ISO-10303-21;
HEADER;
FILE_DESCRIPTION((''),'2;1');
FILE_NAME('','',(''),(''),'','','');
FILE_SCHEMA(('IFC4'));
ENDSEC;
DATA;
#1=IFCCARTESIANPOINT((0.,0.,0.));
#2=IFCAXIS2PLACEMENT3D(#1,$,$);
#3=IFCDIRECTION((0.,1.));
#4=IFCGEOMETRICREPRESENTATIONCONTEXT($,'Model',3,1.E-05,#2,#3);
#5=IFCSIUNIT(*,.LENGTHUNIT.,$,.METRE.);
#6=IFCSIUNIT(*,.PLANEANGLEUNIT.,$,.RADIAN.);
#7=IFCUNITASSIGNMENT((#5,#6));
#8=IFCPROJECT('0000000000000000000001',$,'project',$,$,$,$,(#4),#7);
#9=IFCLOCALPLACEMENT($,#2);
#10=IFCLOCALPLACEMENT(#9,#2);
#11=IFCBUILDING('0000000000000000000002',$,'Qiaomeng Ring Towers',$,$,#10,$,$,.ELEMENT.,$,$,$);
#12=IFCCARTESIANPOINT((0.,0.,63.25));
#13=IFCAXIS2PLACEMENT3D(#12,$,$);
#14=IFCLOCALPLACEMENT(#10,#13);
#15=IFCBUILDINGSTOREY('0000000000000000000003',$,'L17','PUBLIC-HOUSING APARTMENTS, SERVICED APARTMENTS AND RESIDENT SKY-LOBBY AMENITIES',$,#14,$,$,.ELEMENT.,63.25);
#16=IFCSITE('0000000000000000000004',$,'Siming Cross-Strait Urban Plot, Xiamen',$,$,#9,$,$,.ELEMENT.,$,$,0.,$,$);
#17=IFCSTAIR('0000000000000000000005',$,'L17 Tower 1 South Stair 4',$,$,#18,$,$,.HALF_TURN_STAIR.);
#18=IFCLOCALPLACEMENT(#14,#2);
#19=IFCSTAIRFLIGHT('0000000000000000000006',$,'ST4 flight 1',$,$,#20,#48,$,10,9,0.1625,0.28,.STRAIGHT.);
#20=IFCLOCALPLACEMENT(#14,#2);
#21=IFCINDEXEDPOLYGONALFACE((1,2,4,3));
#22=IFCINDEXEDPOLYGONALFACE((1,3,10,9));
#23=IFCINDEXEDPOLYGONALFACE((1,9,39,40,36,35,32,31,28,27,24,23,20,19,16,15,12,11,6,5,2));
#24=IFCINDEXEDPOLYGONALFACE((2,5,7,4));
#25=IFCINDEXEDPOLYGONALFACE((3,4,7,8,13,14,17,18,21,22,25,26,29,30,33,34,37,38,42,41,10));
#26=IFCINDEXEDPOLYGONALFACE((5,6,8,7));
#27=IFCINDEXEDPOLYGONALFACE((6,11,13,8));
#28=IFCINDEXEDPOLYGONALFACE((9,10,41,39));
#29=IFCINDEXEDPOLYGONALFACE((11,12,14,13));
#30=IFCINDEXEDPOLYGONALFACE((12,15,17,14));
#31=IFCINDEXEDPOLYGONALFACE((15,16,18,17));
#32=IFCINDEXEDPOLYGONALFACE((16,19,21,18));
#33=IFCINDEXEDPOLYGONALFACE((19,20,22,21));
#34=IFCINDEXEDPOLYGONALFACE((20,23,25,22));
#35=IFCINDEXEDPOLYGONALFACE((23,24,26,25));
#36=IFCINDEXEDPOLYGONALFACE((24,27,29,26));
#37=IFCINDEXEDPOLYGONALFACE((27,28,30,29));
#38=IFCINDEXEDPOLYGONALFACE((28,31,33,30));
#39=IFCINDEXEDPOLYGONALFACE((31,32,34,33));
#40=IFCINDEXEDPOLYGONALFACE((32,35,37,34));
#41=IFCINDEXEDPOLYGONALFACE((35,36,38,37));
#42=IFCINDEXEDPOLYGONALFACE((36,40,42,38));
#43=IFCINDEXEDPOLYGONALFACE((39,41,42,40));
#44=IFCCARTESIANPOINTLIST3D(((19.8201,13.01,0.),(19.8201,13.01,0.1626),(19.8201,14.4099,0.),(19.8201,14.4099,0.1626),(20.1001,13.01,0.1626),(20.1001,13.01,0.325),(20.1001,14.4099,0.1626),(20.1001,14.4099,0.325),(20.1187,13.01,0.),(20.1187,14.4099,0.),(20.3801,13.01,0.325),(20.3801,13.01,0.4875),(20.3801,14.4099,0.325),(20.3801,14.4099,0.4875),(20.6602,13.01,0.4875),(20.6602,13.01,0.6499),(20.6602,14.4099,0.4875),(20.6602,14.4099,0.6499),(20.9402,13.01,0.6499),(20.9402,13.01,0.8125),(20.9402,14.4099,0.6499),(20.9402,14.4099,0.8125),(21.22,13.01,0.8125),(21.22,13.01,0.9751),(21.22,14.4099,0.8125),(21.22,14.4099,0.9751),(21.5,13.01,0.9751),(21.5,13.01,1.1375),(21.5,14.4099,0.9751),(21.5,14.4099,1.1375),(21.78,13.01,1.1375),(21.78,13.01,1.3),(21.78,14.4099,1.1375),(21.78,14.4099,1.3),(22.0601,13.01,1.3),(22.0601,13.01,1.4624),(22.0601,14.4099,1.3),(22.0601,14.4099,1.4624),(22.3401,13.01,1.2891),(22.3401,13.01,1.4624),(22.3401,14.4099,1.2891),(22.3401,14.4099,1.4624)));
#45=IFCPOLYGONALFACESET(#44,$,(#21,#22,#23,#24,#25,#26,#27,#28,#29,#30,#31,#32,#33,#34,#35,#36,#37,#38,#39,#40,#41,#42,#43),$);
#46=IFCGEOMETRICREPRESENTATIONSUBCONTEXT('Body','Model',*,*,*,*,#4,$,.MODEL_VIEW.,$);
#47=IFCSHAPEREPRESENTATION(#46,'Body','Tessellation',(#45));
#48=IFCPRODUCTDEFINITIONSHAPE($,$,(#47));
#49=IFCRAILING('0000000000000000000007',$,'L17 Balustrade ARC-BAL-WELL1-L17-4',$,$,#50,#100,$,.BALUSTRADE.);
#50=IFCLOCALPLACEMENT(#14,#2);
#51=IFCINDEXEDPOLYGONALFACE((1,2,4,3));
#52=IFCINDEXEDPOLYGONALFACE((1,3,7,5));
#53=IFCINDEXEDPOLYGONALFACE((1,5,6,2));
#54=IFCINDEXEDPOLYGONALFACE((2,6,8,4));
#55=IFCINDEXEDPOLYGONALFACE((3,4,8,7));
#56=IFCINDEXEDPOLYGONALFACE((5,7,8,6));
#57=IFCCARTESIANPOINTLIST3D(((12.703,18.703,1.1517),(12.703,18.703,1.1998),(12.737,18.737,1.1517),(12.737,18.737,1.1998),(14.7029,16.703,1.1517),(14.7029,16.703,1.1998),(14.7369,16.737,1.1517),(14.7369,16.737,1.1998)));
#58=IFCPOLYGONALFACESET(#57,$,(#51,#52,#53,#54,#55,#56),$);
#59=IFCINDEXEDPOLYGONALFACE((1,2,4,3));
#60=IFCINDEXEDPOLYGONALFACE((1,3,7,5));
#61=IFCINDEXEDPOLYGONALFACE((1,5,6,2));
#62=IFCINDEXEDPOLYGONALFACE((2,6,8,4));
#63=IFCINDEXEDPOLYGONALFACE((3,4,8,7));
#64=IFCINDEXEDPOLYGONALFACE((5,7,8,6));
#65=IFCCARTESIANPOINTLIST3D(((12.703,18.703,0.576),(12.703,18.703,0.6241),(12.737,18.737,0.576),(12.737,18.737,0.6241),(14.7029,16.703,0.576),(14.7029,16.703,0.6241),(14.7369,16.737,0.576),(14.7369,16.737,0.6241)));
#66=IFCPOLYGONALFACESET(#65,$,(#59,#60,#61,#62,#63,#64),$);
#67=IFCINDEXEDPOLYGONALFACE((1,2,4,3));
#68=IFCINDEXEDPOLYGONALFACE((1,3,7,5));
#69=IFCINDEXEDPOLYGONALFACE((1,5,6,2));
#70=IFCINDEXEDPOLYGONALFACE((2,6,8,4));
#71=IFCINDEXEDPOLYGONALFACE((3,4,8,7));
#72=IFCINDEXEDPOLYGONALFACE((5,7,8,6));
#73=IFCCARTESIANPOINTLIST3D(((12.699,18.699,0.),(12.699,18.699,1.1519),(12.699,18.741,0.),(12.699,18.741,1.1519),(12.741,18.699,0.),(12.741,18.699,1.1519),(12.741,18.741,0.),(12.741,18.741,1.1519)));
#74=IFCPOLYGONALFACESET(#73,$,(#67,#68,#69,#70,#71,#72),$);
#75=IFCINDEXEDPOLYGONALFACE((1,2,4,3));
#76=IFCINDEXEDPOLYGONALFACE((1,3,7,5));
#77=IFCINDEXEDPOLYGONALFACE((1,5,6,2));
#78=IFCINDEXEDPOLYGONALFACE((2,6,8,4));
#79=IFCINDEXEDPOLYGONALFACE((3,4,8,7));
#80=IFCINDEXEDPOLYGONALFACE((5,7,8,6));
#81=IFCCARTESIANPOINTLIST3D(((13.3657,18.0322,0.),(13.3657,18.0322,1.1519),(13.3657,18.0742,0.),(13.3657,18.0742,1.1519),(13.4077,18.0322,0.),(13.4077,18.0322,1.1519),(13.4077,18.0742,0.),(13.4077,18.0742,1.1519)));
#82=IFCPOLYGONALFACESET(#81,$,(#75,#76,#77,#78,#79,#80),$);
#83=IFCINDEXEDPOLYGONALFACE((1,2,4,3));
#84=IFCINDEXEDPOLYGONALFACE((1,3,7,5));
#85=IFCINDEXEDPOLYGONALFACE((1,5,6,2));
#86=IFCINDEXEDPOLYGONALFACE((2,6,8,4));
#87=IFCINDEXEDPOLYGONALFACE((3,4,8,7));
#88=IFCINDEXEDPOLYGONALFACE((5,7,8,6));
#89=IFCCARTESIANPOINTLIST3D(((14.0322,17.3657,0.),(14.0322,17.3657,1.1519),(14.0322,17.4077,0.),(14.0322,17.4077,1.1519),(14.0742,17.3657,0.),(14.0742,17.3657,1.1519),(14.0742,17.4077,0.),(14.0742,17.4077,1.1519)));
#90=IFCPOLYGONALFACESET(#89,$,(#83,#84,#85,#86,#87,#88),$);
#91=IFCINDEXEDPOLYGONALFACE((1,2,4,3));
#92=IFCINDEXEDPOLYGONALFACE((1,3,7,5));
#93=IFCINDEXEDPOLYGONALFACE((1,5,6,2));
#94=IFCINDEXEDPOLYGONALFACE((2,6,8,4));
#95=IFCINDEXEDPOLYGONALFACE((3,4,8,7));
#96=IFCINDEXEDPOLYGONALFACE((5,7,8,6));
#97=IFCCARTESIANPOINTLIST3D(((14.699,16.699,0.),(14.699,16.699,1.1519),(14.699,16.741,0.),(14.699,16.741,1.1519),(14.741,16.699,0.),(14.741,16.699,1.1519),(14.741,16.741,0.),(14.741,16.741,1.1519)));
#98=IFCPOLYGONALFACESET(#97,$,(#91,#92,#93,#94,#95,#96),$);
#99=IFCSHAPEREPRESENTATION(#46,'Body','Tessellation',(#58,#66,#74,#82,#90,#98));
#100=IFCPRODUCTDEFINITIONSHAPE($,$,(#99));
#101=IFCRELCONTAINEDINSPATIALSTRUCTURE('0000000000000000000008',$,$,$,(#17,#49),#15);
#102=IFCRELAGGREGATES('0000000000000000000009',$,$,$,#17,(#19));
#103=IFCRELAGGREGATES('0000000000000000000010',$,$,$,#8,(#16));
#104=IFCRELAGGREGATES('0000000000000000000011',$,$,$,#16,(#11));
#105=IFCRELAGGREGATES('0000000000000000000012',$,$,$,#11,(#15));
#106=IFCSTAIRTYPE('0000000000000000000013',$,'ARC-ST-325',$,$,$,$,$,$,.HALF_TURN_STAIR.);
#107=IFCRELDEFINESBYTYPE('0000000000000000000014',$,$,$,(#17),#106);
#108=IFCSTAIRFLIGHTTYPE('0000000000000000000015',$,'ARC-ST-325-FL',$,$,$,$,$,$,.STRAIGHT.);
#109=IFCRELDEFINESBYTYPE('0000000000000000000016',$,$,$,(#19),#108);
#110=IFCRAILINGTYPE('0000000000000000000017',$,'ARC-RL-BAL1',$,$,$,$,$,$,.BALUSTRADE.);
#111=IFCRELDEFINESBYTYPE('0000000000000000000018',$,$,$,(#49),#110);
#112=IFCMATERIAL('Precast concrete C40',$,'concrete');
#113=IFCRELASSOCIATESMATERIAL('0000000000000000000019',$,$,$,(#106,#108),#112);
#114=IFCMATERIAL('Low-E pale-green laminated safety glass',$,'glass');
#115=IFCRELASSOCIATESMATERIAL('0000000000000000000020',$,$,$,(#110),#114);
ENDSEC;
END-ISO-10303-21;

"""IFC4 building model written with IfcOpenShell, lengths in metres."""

from ifc_helpers import new_model, si_unit, direction, frame, origin, origin_2d, place, context, subcontext, project, spatial, polyline, rectangle, outline, extrude, source, transform, mapped, material, type_object, element, aggregate, save


model = new_model("IFC4")

# Units and contexts
model_context = context("Model", 3, precision=1e-05, world=origin(), true_north=direction((0.0, 1.0)))
body_context = subcontext(model_context, "Body", "Model", "MODEL_VIEW")
ifc_project = project(units=[si_unit("LENGTHUNIT", "METRE"), si_unit("PLANEANGLEUNIT", "RADIAN")], contexts=[model_context])

# Site, building, storey
site_placement = place(None, origin())
site = spatial("IfcSite", under=ifc_project, at=site_placement, Name="Siming Cross-Strait Urban Plot, Xiamen", CompositionType="ELEMENT", RefElevation=0.0)
building_placement = place(site_placement, origin())
building = spatial("IfcBuilding", under=site, at=building_placement, Name="Qiaomeng Ring Towers", CompositionType="ELEMENT")
storey_placement = place(building_placement, frame((0.0, 0.0, 63.25)))
storey = spatial("IfcBuildingStorey", under=building, at=storey_placement, Name="L17", Description="PUBLIC-HOUSING APARTMENTS, SERVICED APARTMENTS AND RESIDENT SKY-LOBBY AMENITIES", CompositionType="ELEMENT", Elevation=63.25)

# Stair, stair flight
ifc_material_1 = material(Name="Precast concrete C40", Category="concrete")
stair_type = type_object("IfcStairType", Name="ARC-ST-325", PredefinedType="HALF_TURN_STAIR", material=ifc_material_1)
stair_flight_type = type_object("IfcStairFlightType", Name="ARC-ST-325-FL", PredefinedType="STRAIGHT", material=ifc_material_1)
shared_shape_1 = source(origin(), body_context, "Body", "SweptSolid", [
    extrude(outline(polyline([(0.0, 0.0), (0.0, 0.1626), (0.28, 0.1626), (0.28, 0.325), (0.5601, 0.325), (0.5601, 0.4875), (0.8401, 0.4875), (0.8401, 0.6499), (1.1201, 0.6499), (1.1201, 0.8125), (1.3999, 0.8125), (1.3999, 0.9751), (1.6799, 0.9751), (1.6799, 1.1375), (1.96, 1.1375), (1.96, 1.3), (2.24, 1.3), (2.24, 1.4624), (2.52, 1.4624), (2.52, 1.625), (2.52, 1.2891), (0.2986, 0.0), (0.0, 0.0)])), frame((0.0, 0.7, 0.0), z_axis=(0.0, -1.0, 0.0), x_axis=(1.0, 0.0, 0.0)), (0.0, 0.0, 1.0), 1.3999),
])
stair_1_placement = place(storey_placement, origin())
stair_1 = element("IfcStair", 1, at=stair_1_placement, inside=storey, type_object=stair_type, Name="L17 Tower 1 South Stair 4", PredefinedType="HALF_TURN_STAIR")
stair_flight_1_placement = place(storey_placement, frame((19.8201, 13.71, 0.0), z_axis=(0.0, 0.0, 1.0), x_axis=(1.0, 0.0, 0.0)))
stair_flight_1 = element("IfcStairFlight", 2, at=stair_flight_1_placement, type_object=stair_flight_type, Name="ST4 flight 1", NumberOfRisers=10, NumberOfTreads=9, PredefinedType="STRAIGHT", RiserHeight=0.1625, TreadLength=0.28, context=body_context, shape_type="MappedRepresentation", body=[
    mapped(shared_shape_1, transform((0.0, 0.0, 0.0), x_axis=(1.0, 0.0, 0.0), y_axis=(0.0, 1.0, 0.0), z_axis=(0.0, 0.0, 1.0), scale=1.0)),
])
aggregate(stair_1, [stair_flight_1])

# Railing
ifc_material_2 = material(Name="Low-E pale-green laminated safety glass", Category="glass")
railing_type_1 = type_object("IfcRailingType", Name="ARC-RL-BAL1", PredefinedType="BALUSTRADE", material=ifc_material_2)
railing_1_placement = place(storey_placement, frame((12.72, 18.72, 0.0)))
element("IfcRailing", 3, at=railing_1_placement, inside=storey, type_object=railing_type_1, Name="L17 Balustrade ARC-BAL-WELL1-L17-4", PredefinedType="BALUSTRADE", context=body_context, shape_type="SweptSolid", body=[
    extrude(rectangle(XDim=0.0481, YDim=0.0481, at=origin_2d()), frame((0.0, 0.0, 1.1758), z_axis=(0.707107, -0.707107, 0.0), x_axis=(0.707107, 0.707107, 0.0)), (0.0, 0.0, 1.0), 2.8284),
    extrude(rectangle(XDim=0.0481, YDim=0.0481, at=origin_2d()), frame((0.0, 0.0, 0.6001), z_axis=(0.707107, -0.707107, 0.0), x_axis=(0.707107, 0.707107, 0.0)), (0.0, 0.0, 1.0), 2.8284),
    extrude(rectangle(XDim=0.042, YDim=0.042, at=origin_2d()), origin(), (0.0, 0.0, 1.0), 1.1519),
    extrude(rectangle(XDim=0.042, YDim=0.042, at=origin_2d()), frame((0.6667, -0.6667, 0.0)), (0.0, 0.0, 1.0), 1.1519),
    extrude(rectangle(XDim=0.042, YDim=0.042, at=origin_2d()), frame((1.3333, -1.3333, 0.0)), (0.0, 0.0, 1.0), 1.1519),
    extrude(rectangle(XDim=0.042, YDim=0.042, at=origin_2d()), frame((2.0, -2.0, 0.0)), (0.0, 0.0, 1.0), 1.1519),
])

save(model, "model.ifc")
